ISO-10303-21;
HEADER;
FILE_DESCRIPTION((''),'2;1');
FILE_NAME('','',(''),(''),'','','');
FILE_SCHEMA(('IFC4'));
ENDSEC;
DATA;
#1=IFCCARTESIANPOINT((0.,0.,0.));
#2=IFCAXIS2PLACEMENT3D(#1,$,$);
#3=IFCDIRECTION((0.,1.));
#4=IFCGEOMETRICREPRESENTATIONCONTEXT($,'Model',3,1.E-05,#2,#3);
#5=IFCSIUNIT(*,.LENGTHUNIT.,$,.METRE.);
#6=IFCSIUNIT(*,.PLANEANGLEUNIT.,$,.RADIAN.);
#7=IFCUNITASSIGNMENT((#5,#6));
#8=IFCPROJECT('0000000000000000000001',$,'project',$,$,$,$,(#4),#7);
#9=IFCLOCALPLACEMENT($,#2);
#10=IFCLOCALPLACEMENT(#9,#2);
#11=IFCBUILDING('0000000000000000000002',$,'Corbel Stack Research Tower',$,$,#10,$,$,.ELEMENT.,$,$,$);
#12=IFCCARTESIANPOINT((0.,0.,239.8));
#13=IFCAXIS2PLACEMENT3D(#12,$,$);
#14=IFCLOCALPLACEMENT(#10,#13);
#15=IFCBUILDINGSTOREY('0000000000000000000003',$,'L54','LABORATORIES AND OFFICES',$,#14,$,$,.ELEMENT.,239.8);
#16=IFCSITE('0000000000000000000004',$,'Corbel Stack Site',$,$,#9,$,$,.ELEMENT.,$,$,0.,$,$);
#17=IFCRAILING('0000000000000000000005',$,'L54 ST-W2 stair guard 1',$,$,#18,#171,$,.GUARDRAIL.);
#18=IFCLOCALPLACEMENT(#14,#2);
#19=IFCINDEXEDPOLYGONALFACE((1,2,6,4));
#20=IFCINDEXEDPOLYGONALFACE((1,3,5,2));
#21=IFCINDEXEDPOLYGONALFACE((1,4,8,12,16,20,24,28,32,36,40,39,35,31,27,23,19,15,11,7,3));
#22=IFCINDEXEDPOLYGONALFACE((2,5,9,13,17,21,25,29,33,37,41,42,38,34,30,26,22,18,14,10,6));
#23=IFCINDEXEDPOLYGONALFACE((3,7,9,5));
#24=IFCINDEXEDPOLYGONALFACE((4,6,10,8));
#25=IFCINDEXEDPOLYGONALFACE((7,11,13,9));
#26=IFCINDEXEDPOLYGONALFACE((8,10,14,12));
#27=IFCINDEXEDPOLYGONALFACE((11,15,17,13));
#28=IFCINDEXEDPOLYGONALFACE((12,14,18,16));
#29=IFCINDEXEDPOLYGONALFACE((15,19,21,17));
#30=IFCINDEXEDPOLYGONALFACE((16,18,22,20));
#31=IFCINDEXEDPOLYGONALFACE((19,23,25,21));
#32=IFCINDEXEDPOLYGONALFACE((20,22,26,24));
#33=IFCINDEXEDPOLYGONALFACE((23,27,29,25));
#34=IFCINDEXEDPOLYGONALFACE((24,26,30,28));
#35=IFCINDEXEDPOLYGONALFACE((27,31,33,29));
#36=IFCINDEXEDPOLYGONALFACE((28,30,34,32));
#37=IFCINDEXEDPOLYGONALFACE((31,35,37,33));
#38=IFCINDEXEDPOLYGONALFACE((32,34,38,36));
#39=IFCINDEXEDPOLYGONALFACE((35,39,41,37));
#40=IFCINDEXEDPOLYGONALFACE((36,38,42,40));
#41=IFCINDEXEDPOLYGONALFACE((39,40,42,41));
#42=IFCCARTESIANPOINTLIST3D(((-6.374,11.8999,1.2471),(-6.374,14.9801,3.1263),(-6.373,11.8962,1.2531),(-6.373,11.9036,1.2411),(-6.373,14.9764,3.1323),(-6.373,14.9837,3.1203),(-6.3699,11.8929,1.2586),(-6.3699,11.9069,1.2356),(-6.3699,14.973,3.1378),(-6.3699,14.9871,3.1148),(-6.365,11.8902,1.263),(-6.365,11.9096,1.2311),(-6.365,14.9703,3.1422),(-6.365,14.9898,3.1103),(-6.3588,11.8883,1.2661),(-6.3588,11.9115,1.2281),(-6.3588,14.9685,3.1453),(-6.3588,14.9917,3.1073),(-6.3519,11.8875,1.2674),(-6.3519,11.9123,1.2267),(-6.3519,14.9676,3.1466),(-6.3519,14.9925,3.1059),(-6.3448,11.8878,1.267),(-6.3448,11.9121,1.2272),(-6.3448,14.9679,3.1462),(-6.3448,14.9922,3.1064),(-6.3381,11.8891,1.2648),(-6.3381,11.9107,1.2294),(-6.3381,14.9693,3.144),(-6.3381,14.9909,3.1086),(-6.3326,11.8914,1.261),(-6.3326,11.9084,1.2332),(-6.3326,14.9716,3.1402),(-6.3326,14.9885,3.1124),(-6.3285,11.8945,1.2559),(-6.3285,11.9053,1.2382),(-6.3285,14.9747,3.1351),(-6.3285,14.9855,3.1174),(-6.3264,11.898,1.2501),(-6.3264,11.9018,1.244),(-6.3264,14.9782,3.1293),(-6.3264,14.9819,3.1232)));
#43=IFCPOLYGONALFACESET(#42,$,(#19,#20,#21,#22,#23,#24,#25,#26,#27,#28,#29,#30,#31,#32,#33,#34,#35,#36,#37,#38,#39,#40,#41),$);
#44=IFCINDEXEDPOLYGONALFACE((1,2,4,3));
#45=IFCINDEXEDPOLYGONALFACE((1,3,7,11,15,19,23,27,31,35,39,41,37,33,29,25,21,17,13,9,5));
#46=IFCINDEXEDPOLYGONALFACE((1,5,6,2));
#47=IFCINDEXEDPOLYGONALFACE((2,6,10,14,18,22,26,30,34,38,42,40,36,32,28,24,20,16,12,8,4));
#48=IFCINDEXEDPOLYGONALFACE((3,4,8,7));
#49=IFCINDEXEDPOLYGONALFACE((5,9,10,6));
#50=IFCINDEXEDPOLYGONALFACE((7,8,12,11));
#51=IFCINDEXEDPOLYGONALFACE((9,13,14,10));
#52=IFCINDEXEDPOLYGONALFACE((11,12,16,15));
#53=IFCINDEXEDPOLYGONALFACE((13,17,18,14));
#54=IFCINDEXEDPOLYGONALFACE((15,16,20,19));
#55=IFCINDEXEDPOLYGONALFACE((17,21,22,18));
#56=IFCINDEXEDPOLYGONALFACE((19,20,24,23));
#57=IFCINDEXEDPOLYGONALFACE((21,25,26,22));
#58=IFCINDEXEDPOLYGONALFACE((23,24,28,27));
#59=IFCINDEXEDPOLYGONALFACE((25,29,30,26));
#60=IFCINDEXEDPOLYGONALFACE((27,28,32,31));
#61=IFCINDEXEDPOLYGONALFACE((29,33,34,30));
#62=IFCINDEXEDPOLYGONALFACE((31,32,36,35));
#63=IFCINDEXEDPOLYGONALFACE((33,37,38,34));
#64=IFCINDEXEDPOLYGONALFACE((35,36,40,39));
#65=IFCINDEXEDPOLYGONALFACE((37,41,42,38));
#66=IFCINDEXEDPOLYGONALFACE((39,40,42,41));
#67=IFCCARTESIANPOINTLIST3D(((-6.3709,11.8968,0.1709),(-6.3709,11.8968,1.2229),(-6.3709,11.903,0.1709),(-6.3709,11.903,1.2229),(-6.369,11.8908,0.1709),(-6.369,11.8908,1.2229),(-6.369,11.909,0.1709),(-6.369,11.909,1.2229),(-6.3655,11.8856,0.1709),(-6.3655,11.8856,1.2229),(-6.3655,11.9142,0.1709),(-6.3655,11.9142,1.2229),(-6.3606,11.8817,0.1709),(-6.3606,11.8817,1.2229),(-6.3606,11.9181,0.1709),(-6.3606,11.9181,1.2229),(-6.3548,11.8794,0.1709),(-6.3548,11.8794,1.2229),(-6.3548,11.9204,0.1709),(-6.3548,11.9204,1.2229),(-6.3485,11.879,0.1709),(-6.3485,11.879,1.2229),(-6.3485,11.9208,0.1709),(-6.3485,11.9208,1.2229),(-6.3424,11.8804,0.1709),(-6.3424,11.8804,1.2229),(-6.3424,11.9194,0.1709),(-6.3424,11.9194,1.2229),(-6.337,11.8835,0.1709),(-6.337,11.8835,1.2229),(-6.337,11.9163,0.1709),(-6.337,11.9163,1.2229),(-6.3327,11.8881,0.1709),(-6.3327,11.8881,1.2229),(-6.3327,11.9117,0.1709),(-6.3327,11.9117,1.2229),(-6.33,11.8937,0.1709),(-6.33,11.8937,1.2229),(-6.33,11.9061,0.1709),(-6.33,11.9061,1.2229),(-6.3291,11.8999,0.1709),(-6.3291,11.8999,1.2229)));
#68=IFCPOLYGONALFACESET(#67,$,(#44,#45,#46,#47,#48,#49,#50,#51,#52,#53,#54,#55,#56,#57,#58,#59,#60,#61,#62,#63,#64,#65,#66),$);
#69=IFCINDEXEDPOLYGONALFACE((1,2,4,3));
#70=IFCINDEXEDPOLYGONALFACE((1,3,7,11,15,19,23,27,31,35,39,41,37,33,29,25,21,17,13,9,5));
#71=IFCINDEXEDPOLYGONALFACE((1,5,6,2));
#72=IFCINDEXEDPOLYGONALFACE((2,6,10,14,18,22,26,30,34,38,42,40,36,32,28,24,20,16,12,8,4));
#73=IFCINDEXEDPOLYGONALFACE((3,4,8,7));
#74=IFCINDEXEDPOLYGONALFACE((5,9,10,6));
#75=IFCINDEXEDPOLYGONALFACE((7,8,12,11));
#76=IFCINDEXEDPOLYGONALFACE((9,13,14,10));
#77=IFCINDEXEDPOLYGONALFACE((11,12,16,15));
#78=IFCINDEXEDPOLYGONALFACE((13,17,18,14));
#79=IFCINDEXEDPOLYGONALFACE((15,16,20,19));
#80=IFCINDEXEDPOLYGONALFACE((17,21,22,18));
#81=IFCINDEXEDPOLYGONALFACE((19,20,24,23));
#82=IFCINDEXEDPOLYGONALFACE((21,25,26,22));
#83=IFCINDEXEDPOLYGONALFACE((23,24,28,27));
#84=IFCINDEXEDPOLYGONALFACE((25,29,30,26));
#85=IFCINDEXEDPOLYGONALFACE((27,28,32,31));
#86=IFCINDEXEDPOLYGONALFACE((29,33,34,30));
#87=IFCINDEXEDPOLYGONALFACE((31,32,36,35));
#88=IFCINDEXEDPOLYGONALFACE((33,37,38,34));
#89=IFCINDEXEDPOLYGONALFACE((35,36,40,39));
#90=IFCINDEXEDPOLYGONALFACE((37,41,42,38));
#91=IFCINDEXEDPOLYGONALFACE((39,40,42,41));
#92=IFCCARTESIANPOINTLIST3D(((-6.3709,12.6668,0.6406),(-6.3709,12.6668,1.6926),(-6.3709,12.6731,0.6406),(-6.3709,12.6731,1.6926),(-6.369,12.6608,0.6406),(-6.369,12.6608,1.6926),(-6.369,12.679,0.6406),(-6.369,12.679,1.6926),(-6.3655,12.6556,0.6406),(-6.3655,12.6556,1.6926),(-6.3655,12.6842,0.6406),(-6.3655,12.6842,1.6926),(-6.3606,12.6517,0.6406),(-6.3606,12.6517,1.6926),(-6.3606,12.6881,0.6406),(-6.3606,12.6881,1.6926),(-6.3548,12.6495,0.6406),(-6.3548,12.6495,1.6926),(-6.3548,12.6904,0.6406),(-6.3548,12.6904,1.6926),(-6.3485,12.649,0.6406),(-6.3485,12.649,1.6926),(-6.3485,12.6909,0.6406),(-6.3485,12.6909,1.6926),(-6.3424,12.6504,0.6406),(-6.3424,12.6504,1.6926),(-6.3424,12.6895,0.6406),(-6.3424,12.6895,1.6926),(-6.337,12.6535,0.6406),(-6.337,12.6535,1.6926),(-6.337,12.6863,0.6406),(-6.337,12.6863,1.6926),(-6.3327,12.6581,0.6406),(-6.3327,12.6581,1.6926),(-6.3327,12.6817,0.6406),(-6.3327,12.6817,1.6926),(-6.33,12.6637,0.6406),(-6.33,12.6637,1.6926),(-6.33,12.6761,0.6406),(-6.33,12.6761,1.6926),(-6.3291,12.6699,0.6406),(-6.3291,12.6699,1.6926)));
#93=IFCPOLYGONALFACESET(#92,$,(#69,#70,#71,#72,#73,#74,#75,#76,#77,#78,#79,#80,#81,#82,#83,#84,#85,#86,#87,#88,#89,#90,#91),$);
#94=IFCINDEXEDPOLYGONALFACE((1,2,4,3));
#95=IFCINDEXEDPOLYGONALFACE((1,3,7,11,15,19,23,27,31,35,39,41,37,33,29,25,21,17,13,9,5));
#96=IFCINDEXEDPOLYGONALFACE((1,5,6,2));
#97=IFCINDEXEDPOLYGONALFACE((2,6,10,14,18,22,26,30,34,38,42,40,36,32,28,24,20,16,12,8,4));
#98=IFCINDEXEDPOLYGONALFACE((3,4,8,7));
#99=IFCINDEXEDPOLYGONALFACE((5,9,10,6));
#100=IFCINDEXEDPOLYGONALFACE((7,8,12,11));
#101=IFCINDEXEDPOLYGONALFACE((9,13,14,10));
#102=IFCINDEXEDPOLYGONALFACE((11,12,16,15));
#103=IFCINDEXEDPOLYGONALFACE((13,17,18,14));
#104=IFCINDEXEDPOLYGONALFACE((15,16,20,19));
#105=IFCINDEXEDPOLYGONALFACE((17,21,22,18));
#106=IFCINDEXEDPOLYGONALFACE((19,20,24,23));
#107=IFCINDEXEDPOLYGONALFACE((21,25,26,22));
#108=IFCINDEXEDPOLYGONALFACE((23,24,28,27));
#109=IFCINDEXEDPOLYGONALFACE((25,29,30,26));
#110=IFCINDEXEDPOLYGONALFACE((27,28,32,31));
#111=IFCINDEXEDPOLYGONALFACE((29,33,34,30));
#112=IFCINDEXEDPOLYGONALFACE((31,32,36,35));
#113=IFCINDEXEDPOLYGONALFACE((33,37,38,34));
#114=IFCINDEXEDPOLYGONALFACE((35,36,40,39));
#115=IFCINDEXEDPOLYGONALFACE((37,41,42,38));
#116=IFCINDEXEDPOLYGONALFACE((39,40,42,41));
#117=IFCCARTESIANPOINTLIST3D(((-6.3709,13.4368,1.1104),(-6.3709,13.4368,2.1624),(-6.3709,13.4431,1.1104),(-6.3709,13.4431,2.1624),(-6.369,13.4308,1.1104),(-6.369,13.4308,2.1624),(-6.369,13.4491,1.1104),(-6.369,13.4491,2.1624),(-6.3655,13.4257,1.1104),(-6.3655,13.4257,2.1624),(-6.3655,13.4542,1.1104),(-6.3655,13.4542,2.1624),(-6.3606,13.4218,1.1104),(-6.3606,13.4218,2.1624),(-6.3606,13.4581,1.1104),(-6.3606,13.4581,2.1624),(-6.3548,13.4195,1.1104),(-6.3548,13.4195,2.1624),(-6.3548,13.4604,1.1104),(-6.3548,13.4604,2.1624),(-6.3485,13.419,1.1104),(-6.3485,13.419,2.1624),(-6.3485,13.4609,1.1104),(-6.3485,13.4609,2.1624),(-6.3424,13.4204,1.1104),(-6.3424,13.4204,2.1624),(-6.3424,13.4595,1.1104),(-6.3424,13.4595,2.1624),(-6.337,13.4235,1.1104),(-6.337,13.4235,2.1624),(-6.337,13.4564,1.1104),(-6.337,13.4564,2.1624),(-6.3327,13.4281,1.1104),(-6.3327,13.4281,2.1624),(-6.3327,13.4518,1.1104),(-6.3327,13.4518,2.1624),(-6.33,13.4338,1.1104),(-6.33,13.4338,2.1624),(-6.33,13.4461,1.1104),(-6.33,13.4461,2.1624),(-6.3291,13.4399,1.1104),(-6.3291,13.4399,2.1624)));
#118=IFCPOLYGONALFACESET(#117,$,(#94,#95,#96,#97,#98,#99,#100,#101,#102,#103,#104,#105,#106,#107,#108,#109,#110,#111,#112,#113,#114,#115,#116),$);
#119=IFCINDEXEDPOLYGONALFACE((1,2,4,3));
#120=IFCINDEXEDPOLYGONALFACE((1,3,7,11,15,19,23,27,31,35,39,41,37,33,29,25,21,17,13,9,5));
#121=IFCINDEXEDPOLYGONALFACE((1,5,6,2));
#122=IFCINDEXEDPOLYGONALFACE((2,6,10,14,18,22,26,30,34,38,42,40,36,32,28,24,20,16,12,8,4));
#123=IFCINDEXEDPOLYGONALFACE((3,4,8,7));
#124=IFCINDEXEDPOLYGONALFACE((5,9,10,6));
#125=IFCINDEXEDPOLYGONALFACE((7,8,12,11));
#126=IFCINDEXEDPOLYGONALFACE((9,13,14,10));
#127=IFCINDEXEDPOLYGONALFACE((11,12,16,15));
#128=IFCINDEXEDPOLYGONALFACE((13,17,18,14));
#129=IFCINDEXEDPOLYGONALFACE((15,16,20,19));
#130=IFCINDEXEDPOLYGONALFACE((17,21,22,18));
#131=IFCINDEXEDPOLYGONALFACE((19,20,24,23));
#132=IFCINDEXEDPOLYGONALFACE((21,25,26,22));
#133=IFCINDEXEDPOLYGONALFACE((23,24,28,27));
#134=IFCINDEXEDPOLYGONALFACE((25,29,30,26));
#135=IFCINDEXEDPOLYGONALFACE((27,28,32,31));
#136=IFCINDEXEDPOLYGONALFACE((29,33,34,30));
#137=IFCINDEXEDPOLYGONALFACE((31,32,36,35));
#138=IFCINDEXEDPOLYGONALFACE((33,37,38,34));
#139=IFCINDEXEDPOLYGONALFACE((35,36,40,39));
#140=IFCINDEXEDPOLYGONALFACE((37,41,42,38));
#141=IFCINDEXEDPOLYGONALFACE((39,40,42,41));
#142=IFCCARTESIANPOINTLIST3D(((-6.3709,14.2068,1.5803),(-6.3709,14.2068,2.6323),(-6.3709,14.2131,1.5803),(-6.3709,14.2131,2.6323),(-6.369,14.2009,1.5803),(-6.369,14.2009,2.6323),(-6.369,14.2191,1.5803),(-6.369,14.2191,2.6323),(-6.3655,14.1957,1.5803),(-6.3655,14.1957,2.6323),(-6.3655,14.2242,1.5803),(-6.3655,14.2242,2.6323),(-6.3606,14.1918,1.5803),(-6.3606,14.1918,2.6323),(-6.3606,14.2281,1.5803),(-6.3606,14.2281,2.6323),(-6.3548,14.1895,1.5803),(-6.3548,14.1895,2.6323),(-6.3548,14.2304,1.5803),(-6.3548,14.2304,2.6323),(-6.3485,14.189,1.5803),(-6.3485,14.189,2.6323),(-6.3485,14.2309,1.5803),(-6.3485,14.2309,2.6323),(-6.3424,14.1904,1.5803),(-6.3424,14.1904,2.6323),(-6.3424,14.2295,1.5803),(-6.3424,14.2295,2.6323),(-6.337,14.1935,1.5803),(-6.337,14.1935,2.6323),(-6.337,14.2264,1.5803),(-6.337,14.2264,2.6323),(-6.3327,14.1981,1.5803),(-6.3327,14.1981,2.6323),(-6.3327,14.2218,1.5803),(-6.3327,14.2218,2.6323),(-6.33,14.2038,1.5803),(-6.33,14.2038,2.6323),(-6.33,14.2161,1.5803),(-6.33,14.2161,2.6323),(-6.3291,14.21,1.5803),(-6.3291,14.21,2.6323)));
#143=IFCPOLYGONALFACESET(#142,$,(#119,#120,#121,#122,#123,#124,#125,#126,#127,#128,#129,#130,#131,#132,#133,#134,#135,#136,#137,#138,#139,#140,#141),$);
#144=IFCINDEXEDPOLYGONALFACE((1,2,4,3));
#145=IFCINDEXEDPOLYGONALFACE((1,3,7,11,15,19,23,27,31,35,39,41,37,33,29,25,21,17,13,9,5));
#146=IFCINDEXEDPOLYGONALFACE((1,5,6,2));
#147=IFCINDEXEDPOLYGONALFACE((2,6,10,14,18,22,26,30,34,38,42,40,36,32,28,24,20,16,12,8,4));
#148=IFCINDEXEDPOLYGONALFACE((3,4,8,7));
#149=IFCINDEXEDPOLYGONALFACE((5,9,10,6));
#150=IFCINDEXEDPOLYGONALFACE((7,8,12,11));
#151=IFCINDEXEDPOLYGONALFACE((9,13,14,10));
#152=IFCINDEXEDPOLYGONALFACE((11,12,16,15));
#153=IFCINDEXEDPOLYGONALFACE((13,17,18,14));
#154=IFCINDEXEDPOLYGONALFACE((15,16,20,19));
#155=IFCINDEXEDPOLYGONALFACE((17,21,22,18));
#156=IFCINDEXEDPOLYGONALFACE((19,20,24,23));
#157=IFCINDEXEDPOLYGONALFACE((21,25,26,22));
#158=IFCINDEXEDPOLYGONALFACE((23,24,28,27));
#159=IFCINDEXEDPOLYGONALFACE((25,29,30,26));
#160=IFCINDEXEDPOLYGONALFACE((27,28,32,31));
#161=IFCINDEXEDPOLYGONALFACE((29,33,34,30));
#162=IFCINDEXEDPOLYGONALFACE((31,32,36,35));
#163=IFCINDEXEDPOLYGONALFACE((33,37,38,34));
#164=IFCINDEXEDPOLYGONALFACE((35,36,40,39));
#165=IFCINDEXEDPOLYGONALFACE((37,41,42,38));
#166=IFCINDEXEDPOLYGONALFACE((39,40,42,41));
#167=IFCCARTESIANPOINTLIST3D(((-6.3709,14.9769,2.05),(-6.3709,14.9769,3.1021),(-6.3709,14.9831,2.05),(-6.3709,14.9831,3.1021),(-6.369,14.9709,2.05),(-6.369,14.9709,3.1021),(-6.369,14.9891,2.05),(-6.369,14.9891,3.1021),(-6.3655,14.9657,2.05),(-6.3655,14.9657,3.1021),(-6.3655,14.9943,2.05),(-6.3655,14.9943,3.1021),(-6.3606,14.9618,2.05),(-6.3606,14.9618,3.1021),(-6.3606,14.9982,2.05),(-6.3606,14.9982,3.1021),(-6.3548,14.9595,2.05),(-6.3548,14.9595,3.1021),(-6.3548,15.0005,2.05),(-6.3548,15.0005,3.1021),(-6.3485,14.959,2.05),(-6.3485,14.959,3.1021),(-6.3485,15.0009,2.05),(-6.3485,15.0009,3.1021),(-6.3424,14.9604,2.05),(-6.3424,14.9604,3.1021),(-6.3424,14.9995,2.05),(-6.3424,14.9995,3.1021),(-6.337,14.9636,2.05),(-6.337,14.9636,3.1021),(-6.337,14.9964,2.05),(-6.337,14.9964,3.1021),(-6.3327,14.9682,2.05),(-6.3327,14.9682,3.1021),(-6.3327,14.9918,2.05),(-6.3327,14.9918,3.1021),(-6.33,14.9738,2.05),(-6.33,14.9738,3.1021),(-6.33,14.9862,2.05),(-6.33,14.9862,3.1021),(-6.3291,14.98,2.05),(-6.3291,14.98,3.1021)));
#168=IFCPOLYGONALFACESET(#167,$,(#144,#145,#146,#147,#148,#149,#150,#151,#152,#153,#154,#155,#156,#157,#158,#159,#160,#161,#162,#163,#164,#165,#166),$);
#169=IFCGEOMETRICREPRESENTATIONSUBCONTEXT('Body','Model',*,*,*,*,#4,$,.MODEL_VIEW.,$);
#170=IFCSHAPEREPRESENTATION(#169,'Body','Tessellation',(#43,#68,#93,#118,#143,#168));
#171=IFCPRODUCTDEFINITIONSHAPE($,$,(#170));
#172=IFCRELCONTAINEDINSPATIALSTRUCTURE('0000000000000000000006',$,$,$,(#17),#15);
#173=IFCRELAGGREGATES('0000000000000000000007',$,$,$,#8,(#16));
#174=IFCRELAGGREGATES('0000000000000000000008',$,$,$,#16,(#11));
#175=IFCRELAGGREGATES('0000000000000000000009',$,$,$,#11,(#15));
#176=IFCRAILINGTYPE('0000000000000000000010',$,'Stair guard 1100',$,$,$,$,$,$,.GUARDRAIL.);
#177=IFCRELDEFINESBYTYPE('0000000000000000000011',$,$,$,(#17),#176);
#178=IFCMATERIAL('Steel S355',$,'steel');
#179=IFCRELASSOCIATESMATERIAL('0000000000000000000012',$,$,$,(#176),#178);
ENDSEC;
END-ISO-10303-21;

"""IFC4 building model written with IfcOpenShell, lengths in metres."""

from ifc_helpers import new_model, si_unit, direction, frame, origin, origin_2d, place, context, subcontext, project, spatial, circle, extrude, material, type_object, element, save


model = new_model("IFC4")

# Units and contexts
model_context = context("Model", 3, precision=1e-05, world=origin(), true_north=direction((0.0, 1.0)))
body_context = subcontext(model_context, "Body", "Model", "MODEL_VIEW")
ifc_project = project(units=[si_unit("LENGTHUNIT", "METRE"), si_unit("PLANEANGLEUNIT", "RADIAN")], contexts=[model_context])

# Site, building, storey
site_placement = place(None, origin())
site = spatial("IfcSite", under=ifc_project, at=site_placement, Name="Corbel Stack Site", CompositionType="ELEMENT", RefElevation=0.0)
building_placement = place(site_placement, origin())
building = spatial("IfcBuilding", under=site, at=building_placement, Name="Corbel Stack Research Tower", CompositionType="ELEMENT")
storey_placement = place(building_placement, frame((0.0, 0.0, 239.8)))
storey = spatial("IfcBuildingStorey", under=building, at=storey_placement, Name="L54", Description="LABORATORIES AND OFFICES", CompositionType="ELEMENT", Elevation=239.8)

# Railing
ifc_material_1 = material(Name="Steel S355", Category="steel")
railing_type_1 = type_object("IfcRailingType", Name="Stair guard 1100", PredefinedType="GUARDRAIL", material=ifc_material_1)
railing_1_placement = place(storey_placement, frame((-6.3501, 11.8999, 0.1709)))
element("IfcRailing", 1, at=railing_1_placement, inside=storey, type_object=railing_type_1, Name="L54 ST-W2 stair guard 1", PredefinedType="GUARDRAIL", context=body_context, shape_type="SweptSolid", body=[
    extrude(circle(Radius=0.0239, at=origin_2d()), frame((0.0, 0.0, 1.0762), z_axis=(0.0, 0.853666, 0.52082), x_axis=(-1.0, 0.0, 0.0)), (0.0, 0.0, 1.0), 3.6082),
    extrude(circle(Radius=0.021, at=origin_2d()), origin(), (0.0, 0.0, 1.0), 1.052),
    extrude(circle(Radius=0.021, at=origin_2d()), frame((0.0, 0.77, 0.4697)), (0.0, 0.0, 1.0), 1.052),
    extrude(circle(Radius=0.021, at=origin_2d()), frame((0.0, 1.54, 0.9395)), (0.0, 0.0, 1.0), 1.052),
    extrude(circle(Radius=0.021, at=origin_2d()), frame((0.0, 2.3101, 1.4094)), (0.0, 0.0, 1.0), 1.052),
    extrude(circle(Radius=0.021, at=origin_2d()), frame((0.0, 3.0801, 1.8792)), (0.0, 0.0, 1.0), 1.052),
])

save(model, "model.ifc")
